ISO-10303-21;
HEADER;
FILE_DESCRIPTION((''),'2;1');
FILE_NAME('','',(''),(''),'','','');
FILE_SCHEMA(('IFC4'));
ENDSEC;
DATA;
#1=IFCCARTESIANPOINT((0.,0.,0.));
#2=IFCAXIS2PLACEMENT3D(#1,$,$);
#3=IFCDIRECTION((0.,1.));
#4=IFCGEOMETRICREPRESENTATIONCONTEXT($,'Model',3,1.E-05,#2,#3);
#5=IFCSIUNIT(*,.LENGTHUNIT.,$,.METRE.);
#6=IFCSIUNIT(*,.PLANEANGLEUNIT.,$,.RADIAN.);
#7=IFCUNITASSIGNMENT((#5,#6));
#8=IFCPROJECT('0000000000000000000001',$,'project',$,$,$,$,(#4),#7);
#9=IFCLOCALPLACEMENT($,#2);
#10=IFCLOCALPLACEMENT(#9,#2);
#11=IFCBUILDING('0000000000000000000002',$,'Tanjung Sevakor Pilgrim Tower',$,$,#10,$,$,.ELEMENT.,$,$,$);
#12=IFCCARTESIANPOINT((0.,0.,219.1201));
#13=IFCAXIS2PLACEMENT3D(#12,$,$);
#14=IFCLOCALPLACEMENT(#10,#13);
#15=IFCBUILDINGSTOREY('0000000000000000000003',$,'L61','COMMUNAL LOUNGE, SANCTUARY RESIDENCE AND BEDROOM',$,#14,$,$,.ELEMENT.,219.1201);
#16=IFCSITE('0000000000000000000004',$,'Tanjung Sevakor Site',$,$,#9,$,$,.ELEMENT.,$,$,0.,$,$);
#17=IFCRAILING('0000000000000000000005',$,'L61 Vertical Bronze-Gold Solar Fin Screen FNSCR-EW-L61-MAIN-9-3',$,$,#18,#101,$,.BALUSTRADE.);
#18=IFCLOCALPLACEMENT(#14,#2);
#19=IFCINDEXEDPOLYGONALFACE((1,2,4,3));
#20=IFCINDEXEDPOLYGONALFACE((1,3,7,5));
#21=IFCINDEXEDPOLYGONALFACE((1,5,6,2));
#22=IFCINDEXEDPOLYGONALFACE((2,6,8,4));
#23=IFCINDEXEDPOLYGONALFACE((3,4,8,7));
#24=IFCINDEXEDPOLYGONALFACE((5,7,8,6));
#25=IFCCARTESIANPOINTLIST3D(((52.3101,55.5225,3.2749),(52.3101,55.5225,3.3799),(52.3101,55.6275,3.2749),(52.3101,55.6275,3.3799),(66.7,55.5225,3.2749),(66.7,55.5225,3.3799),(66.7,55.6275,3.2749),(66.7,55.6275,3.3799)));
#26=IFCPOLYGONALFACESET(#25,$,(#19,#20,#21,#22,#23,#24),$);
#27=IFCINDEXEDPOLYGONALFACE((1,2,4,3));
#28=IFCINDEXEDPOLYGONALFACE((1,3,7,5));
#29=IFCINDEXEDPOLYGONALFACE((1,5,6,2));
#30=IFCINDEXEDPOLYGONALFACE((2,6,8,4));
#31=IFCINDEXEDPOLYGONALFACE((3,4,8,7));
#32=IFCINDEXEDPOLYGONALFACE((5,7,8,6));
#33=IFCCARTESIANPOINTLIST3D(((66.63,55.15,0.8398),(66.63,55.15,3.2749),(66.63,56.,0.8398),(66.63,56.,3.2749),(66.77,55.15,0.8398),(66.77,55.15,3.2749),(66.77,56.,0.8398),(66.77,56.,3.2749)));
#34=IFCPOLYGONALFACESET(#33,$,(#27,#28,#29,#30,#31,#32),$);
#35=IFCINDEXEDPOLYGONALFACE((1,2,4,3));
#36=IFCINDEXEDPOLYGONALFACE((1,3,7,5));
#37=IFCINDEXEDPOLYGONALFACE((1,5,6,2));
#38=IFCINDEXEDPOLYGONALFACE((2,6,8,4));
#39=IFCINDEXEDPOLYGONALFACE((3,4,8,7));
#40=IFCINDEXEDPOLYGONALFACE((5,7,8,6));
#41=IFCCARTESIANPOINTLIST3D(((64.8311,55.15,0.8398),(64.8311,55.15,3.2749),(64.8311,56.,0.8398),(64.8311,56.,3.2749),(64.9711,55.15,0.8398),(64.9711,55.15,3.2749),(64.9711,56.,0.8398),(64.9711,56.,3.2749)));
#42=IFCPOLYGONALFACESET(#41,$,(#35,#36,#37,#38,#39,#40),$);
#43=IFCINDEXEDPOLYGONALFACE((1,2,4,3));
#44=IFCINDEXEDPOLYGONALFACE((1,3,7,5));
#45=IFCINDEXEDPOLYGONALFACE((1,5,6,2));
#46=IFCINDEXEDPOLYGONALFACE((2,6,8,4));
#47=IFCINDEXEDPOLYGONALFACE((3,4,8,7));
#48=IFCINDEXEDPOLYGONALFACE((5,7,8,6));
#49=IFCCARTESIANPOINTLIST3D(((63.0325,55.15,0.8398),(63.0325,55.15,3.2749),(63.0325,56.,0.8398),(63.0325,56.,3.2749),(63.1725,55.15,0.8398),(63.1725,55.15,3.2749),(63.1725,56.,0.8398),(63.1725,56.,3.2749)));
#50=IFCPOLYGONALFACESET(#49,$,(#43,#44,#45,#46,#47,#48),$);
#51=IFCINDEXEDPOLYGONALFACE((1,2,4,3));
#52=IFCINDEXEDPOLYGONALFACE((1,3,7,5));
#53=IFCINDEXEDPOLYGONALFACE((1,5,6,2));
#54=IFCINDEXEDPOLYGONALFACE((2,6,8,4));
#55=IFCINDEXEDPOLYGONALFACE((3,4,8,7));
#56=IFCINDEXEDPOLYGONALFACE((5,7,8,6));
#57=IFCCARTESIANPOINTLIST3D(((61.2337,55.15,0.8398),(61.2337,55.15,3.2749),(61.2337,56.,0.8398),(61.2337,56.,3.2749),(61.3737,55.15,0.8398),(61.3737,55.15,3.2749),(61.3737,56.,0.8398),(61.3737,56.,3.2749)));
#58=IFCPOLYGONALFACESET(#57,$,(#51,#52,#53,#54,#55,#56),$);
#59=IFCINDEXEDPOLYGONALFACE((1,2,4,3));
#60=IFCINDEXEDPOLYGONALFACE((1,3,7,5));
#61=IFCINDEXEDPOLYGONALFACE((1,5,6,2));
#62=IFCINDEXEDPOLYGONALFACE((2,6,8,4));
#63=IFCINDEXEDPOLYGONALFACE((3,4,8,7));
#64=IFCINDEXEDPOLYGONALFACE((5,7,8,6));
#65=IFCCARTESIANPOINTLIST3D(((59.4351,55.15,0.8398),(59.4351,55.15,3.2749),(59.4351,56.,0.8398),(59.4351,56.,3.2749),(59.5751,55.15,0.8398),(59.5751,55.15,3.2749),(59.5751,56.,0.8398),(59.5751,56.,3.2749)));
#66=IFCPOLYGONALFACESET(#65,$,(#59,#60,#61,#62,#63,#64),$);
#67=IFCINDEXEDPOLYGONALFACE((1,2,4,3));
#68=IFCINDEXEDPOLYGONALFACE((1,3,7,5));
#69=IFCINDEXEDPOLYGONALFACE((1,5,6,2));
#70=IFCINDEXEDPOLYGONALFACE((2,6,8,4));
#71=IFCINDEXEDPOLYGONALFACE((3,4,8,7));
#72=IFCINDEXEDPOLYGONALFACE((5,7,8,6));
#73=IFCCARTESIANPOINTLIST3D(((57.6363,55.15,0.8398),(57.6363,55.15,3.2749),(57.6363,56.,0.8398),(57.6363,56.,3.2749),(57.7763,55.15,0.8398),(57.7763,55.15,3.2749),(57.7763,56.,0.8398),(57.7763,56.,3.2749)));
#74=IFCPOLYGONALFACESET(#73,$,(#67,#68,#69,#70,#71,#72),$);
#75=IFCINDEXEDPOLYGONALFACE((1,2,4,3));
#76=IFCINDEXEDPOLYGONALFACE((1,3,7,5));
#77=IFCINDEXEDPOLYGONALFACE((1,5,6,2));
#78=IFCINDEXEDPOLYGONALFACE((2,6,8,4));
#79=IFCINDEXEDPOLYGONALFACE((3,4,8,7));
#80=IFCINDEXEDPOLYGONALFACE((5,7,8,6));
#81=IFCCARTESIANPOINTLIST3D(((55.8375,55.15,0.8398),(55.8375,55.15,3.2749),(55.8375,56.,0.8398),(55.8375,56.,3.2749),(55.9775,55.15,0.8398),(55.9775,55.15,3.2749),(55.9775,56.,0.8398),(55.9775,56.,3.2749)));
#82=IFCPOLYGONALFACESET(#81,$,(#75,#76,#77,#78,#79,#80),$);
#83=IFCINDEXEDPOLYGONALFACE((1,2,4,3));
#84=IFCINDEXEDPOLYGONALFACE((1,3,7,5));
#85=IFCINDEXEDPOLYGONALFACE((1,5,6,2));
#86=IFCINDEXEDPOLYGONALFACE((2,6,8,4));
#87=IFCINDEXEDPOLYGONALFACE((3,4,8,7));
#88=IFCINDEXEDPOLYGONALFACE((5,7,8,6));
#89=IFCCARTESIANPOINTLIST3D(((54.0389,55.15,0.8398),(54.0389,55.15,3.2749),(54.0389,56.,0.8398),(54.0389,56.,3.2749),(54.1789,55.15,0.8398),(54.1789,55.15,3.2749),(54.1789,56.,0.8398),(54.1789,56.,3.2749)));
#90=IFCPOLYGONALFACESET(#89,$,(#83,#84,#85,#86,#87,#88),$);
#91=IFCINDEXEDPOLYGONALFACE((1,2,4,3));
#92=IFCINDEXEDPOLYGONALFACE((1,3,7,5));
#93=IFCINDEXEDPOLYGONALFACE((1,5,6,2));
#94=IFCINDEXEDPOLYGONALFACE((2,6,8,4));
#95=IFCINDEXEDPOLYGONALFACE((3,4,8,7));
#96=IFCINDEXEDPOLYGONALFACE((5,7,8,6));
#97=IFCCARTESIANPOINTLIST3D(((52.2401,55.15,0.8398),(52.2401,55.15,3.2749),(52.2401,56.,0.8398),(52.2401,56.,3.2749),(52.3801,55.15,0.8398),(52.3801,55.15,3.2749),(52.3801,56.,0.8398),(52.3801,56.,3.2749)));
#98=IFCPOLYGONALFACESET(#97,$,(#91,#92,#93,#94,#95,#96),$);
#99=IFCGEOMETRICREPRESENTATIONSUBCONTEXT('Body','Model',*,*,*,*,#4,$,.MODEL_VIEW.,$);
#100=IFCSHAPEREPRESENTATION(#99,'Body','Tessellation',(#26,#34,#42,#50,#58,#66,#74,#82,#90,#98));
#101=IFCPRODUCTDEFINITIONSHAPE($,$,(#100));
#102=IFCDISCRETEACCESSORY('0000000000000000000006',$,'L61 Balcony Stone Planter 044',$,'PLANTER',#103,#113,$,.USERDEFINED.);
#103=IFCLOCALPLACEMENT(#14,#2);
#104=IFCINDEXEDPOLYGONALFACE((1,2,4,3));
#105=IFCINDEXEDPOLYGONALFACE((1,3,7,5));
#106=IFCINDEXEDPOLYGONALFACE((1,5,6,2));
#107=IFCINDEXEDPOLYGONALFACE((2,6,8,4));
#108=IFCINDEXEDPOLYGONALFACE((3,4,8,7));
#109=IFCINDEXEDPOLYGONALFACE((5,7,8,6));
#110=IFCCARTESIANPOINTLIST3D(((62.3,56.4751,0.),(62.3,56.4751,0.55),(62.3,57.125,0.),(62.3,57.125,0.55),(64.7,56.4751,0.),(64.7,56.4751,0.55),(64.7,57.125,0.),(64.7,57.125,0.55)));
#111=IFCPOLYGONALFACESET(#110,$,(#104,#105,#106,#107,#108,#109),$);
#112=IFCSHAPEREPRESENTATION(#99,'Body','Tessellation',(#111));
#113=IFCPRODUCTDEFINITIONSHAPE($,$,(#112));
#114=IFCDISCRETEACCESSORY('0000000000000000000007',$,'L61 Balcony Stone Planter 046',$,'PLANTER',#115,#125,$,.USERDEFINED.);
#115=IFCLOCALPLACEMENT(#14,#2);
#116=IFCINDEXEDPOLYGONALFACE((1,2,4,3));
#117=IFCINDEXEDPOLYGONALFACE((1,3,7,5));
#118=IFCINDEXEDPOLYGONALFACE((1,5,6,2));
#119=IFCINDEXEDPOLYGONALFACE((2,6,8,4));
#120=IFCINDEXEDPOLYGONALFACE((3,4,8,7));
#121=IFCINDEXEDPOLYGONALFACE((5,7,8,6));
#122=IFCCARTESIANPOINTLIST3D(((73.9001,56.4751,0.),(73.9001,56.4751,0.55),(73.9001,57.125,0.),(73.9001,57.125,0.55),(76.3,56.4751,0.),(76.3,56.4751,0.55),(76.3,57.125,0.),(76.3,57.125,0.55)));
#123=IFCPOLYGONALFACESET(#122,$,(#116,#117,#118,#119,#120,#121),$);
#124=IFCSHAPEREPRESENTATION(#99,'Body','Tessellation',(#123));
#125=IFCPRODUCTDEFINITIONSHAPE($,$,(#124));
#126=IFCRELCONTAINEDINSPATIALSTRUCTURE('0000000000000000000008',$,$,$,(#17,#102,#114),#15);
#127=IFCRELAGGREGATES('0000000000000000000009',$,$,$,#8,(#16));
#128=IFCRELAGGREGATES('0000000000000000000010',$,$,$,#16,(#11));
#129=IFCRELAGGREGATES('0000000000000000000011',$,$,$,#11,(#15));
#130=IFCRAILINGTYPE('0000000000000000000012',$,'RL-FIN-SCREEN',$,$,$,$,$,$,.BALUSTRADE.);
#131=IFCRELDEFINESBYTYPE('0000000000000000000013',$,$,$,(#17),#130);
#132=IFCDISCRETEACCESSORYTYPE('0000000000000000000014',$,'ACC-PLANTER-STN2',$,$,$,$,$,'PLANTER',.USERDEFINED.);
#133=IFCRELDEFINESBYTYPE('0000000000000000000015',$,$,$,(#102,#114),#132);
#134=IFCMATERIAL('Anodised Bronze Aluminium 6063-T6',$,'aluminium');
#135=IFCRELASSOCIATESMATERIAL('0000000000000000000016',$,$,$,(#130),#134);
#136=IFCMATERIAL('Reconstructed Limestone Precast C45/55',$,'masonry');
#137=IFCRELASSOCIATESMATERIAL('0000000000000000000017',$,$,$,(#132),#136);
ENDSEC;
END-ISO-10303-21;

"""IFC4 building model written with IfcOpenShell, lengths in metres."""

from ifc_helpers import new_model, si_unit, direction, frame, origin, origin_2d, place, context, subcontext, project, spatial, rectangle, extrude, material, type_object, element, save


model = new_model("IFC4")

# Units and contexts
model_context = context("Model", 3, precision=1e-05, world=origin(), true_north=direction((0.0, 1.0)))
body_context = subcontext(model_context, "Body", "Model", "MODEL_VIEW")
ifc_project = project(units=[si_unit("LENGTHUNIT", "METRE"), si_unit("PLANEANGLEUNIT", "RADIAN")], contexts=[model_context])

# Site, building, storey
site_placement = place(None, origin())
site = spatial("IfcSite", under=ifc_project, at=site_placement, Name="Tanjung Sevakor Site", CompositionType="ELEMENT", RefElevation=0.0)
building_placement = place(site_placement, origin())
building = spatial("IfcBuilding", under=site, at=building_placement, Name="Tanjung Sevakor Pilgrim Tower", CompositionType="ELEMENT")
storey_placement = place(building_placement, frame((0.0, 0.0, 219.1201)))
storey = spatial("IfcBuildingStorey", under=building, at=storey_placement, Name="L61", Description="COMMUNAL LOUNGE, SANCTUARY RESIDENCE AND BEDROOM", CompositionType="ELEMENT", Elevation=219.1201)

# Railing
ifc_material_1 = material(Name="Anodised Bronze Aluminium 6063-T6", Category="aluminium")
railing_type_1 = type_object("IfcRailingType", Name="RL-FIN-SCREEN", PredefinedType="BALUSTRADE", material=ifc_material_1)
railing_1_placement = place(storey_placement, frame((66.7, 55.575, 0.8398)))
element("IfcRailing", 1, at=railing_1_placement, inside=storey, type_object=railing_type_1, Name="L61 Vertical Bronze-Gold Solar Fin Screen FNSCR-EW-L61-MAIN-9-3", PredefinedType="BALUSTRADE", context=body_context, shape_type="SweptSolid", body=[
    extrude(rectangle(XDim=0.105, YDim=0.105), frame((0.0, 0.0, 2.4875), z_axis=(-1.0, 0.0, 0.0), x_axis=(0.0, -1.0, 0.0)), (0.0, 0.0, 1.0), 14.3899),
    extrude(rectangle(XDim=0.14, YDim=0.85), origin(), (0.0, 0.0, 1.0), 2.4351),
    extrude(rectangle(XDim=0.14, YDim=0.85), frame((-1.7988, 0.0, 0.0)), (0.0, 0.0, 1.0), 2.4351),
    extrude(rectangle(XDim=0.14, YDim=0.85), frame((-3.5974, 0.0, 0.0)), (0.0, 0.0, 1.0), 2.4351),
    extrude(rectangle(XDim=0.14, YDim=0.85), frame((-5.3962, 0.0, 0.0)), (0.0, 0.0, 1.0), 2.4351),
    extrude(rectangle(XDim=0.14, YDim=0.85), frame((-7.1948, 0.0, 0.0)), (0.0, 0.0, 1.0), 2.4351),
    extrude(rectangle(XDim=0.14, YDim=0.85), frame((-8.9937, 0.0, 0.0)), (0.0, 0.0, 1.0), 2.4351),
    extrude(rectangle(XDim=0.14, YDim=0.85), frame((-10.7925, 0.0, 0.0)), (0.0, 0.0, 1.0), 2.4351),
    extrude(rectangle(XDim=0.14, YDim=0.85), frame((-12.5911, 0.0, 0.0)), (0.0, 0.0, 1.0), 2.4351),
    extrude(rectangle(XDim=0.14, YDim=0.85), frame((-14.3899, 0.0, 0.0)), (0.0, 0.0, 1.0), 2.4351),
])

# Discrete accessories
ifc_material_2 = material(Name="Reconstructed Limestone Precast C45/55", Category="masonry")
discrete_accessory_type = type_object("IfcDiscreteAccessoryType", Name="ACC-PLANTER-STN2", ElementType="PLANTER", PredefinedType="USERDEFINED", material=ifc_material_2)
for number, where, z_axis, x_axis, name in (
    (2, (63.5, 56.8, 0.0), (0.0, 0.0, 1.0), (1.0, 0.0, 0.0), "L61 Balcony Stone Planter 044"),
    (3, (75.1001, 56.8, 0.0), (0.0, 0.0, 1.0), (1.0, 0.0, 0.0), "L61 Balcony Stone Planter 046"),
):
    element("IfcDiscreteAccessory", number, at=place(storey_placement, frame(where, z_axis=z_axis, x_axis=x_axis)), inside=storey, type_object=discrete_accessory_type, Name=name, ObjectType="PLANTER", PredefinedType="USERDEFINED", context=body_context, shape_type="SweptSolid", body=[
        extrude(rectangle(XDim=2.3999, YDim=0.6499, at=origin_2d()), origin(), (0.0, 0.0, 1.0), 0.55),
    ])

save(model, "model.ifc")
